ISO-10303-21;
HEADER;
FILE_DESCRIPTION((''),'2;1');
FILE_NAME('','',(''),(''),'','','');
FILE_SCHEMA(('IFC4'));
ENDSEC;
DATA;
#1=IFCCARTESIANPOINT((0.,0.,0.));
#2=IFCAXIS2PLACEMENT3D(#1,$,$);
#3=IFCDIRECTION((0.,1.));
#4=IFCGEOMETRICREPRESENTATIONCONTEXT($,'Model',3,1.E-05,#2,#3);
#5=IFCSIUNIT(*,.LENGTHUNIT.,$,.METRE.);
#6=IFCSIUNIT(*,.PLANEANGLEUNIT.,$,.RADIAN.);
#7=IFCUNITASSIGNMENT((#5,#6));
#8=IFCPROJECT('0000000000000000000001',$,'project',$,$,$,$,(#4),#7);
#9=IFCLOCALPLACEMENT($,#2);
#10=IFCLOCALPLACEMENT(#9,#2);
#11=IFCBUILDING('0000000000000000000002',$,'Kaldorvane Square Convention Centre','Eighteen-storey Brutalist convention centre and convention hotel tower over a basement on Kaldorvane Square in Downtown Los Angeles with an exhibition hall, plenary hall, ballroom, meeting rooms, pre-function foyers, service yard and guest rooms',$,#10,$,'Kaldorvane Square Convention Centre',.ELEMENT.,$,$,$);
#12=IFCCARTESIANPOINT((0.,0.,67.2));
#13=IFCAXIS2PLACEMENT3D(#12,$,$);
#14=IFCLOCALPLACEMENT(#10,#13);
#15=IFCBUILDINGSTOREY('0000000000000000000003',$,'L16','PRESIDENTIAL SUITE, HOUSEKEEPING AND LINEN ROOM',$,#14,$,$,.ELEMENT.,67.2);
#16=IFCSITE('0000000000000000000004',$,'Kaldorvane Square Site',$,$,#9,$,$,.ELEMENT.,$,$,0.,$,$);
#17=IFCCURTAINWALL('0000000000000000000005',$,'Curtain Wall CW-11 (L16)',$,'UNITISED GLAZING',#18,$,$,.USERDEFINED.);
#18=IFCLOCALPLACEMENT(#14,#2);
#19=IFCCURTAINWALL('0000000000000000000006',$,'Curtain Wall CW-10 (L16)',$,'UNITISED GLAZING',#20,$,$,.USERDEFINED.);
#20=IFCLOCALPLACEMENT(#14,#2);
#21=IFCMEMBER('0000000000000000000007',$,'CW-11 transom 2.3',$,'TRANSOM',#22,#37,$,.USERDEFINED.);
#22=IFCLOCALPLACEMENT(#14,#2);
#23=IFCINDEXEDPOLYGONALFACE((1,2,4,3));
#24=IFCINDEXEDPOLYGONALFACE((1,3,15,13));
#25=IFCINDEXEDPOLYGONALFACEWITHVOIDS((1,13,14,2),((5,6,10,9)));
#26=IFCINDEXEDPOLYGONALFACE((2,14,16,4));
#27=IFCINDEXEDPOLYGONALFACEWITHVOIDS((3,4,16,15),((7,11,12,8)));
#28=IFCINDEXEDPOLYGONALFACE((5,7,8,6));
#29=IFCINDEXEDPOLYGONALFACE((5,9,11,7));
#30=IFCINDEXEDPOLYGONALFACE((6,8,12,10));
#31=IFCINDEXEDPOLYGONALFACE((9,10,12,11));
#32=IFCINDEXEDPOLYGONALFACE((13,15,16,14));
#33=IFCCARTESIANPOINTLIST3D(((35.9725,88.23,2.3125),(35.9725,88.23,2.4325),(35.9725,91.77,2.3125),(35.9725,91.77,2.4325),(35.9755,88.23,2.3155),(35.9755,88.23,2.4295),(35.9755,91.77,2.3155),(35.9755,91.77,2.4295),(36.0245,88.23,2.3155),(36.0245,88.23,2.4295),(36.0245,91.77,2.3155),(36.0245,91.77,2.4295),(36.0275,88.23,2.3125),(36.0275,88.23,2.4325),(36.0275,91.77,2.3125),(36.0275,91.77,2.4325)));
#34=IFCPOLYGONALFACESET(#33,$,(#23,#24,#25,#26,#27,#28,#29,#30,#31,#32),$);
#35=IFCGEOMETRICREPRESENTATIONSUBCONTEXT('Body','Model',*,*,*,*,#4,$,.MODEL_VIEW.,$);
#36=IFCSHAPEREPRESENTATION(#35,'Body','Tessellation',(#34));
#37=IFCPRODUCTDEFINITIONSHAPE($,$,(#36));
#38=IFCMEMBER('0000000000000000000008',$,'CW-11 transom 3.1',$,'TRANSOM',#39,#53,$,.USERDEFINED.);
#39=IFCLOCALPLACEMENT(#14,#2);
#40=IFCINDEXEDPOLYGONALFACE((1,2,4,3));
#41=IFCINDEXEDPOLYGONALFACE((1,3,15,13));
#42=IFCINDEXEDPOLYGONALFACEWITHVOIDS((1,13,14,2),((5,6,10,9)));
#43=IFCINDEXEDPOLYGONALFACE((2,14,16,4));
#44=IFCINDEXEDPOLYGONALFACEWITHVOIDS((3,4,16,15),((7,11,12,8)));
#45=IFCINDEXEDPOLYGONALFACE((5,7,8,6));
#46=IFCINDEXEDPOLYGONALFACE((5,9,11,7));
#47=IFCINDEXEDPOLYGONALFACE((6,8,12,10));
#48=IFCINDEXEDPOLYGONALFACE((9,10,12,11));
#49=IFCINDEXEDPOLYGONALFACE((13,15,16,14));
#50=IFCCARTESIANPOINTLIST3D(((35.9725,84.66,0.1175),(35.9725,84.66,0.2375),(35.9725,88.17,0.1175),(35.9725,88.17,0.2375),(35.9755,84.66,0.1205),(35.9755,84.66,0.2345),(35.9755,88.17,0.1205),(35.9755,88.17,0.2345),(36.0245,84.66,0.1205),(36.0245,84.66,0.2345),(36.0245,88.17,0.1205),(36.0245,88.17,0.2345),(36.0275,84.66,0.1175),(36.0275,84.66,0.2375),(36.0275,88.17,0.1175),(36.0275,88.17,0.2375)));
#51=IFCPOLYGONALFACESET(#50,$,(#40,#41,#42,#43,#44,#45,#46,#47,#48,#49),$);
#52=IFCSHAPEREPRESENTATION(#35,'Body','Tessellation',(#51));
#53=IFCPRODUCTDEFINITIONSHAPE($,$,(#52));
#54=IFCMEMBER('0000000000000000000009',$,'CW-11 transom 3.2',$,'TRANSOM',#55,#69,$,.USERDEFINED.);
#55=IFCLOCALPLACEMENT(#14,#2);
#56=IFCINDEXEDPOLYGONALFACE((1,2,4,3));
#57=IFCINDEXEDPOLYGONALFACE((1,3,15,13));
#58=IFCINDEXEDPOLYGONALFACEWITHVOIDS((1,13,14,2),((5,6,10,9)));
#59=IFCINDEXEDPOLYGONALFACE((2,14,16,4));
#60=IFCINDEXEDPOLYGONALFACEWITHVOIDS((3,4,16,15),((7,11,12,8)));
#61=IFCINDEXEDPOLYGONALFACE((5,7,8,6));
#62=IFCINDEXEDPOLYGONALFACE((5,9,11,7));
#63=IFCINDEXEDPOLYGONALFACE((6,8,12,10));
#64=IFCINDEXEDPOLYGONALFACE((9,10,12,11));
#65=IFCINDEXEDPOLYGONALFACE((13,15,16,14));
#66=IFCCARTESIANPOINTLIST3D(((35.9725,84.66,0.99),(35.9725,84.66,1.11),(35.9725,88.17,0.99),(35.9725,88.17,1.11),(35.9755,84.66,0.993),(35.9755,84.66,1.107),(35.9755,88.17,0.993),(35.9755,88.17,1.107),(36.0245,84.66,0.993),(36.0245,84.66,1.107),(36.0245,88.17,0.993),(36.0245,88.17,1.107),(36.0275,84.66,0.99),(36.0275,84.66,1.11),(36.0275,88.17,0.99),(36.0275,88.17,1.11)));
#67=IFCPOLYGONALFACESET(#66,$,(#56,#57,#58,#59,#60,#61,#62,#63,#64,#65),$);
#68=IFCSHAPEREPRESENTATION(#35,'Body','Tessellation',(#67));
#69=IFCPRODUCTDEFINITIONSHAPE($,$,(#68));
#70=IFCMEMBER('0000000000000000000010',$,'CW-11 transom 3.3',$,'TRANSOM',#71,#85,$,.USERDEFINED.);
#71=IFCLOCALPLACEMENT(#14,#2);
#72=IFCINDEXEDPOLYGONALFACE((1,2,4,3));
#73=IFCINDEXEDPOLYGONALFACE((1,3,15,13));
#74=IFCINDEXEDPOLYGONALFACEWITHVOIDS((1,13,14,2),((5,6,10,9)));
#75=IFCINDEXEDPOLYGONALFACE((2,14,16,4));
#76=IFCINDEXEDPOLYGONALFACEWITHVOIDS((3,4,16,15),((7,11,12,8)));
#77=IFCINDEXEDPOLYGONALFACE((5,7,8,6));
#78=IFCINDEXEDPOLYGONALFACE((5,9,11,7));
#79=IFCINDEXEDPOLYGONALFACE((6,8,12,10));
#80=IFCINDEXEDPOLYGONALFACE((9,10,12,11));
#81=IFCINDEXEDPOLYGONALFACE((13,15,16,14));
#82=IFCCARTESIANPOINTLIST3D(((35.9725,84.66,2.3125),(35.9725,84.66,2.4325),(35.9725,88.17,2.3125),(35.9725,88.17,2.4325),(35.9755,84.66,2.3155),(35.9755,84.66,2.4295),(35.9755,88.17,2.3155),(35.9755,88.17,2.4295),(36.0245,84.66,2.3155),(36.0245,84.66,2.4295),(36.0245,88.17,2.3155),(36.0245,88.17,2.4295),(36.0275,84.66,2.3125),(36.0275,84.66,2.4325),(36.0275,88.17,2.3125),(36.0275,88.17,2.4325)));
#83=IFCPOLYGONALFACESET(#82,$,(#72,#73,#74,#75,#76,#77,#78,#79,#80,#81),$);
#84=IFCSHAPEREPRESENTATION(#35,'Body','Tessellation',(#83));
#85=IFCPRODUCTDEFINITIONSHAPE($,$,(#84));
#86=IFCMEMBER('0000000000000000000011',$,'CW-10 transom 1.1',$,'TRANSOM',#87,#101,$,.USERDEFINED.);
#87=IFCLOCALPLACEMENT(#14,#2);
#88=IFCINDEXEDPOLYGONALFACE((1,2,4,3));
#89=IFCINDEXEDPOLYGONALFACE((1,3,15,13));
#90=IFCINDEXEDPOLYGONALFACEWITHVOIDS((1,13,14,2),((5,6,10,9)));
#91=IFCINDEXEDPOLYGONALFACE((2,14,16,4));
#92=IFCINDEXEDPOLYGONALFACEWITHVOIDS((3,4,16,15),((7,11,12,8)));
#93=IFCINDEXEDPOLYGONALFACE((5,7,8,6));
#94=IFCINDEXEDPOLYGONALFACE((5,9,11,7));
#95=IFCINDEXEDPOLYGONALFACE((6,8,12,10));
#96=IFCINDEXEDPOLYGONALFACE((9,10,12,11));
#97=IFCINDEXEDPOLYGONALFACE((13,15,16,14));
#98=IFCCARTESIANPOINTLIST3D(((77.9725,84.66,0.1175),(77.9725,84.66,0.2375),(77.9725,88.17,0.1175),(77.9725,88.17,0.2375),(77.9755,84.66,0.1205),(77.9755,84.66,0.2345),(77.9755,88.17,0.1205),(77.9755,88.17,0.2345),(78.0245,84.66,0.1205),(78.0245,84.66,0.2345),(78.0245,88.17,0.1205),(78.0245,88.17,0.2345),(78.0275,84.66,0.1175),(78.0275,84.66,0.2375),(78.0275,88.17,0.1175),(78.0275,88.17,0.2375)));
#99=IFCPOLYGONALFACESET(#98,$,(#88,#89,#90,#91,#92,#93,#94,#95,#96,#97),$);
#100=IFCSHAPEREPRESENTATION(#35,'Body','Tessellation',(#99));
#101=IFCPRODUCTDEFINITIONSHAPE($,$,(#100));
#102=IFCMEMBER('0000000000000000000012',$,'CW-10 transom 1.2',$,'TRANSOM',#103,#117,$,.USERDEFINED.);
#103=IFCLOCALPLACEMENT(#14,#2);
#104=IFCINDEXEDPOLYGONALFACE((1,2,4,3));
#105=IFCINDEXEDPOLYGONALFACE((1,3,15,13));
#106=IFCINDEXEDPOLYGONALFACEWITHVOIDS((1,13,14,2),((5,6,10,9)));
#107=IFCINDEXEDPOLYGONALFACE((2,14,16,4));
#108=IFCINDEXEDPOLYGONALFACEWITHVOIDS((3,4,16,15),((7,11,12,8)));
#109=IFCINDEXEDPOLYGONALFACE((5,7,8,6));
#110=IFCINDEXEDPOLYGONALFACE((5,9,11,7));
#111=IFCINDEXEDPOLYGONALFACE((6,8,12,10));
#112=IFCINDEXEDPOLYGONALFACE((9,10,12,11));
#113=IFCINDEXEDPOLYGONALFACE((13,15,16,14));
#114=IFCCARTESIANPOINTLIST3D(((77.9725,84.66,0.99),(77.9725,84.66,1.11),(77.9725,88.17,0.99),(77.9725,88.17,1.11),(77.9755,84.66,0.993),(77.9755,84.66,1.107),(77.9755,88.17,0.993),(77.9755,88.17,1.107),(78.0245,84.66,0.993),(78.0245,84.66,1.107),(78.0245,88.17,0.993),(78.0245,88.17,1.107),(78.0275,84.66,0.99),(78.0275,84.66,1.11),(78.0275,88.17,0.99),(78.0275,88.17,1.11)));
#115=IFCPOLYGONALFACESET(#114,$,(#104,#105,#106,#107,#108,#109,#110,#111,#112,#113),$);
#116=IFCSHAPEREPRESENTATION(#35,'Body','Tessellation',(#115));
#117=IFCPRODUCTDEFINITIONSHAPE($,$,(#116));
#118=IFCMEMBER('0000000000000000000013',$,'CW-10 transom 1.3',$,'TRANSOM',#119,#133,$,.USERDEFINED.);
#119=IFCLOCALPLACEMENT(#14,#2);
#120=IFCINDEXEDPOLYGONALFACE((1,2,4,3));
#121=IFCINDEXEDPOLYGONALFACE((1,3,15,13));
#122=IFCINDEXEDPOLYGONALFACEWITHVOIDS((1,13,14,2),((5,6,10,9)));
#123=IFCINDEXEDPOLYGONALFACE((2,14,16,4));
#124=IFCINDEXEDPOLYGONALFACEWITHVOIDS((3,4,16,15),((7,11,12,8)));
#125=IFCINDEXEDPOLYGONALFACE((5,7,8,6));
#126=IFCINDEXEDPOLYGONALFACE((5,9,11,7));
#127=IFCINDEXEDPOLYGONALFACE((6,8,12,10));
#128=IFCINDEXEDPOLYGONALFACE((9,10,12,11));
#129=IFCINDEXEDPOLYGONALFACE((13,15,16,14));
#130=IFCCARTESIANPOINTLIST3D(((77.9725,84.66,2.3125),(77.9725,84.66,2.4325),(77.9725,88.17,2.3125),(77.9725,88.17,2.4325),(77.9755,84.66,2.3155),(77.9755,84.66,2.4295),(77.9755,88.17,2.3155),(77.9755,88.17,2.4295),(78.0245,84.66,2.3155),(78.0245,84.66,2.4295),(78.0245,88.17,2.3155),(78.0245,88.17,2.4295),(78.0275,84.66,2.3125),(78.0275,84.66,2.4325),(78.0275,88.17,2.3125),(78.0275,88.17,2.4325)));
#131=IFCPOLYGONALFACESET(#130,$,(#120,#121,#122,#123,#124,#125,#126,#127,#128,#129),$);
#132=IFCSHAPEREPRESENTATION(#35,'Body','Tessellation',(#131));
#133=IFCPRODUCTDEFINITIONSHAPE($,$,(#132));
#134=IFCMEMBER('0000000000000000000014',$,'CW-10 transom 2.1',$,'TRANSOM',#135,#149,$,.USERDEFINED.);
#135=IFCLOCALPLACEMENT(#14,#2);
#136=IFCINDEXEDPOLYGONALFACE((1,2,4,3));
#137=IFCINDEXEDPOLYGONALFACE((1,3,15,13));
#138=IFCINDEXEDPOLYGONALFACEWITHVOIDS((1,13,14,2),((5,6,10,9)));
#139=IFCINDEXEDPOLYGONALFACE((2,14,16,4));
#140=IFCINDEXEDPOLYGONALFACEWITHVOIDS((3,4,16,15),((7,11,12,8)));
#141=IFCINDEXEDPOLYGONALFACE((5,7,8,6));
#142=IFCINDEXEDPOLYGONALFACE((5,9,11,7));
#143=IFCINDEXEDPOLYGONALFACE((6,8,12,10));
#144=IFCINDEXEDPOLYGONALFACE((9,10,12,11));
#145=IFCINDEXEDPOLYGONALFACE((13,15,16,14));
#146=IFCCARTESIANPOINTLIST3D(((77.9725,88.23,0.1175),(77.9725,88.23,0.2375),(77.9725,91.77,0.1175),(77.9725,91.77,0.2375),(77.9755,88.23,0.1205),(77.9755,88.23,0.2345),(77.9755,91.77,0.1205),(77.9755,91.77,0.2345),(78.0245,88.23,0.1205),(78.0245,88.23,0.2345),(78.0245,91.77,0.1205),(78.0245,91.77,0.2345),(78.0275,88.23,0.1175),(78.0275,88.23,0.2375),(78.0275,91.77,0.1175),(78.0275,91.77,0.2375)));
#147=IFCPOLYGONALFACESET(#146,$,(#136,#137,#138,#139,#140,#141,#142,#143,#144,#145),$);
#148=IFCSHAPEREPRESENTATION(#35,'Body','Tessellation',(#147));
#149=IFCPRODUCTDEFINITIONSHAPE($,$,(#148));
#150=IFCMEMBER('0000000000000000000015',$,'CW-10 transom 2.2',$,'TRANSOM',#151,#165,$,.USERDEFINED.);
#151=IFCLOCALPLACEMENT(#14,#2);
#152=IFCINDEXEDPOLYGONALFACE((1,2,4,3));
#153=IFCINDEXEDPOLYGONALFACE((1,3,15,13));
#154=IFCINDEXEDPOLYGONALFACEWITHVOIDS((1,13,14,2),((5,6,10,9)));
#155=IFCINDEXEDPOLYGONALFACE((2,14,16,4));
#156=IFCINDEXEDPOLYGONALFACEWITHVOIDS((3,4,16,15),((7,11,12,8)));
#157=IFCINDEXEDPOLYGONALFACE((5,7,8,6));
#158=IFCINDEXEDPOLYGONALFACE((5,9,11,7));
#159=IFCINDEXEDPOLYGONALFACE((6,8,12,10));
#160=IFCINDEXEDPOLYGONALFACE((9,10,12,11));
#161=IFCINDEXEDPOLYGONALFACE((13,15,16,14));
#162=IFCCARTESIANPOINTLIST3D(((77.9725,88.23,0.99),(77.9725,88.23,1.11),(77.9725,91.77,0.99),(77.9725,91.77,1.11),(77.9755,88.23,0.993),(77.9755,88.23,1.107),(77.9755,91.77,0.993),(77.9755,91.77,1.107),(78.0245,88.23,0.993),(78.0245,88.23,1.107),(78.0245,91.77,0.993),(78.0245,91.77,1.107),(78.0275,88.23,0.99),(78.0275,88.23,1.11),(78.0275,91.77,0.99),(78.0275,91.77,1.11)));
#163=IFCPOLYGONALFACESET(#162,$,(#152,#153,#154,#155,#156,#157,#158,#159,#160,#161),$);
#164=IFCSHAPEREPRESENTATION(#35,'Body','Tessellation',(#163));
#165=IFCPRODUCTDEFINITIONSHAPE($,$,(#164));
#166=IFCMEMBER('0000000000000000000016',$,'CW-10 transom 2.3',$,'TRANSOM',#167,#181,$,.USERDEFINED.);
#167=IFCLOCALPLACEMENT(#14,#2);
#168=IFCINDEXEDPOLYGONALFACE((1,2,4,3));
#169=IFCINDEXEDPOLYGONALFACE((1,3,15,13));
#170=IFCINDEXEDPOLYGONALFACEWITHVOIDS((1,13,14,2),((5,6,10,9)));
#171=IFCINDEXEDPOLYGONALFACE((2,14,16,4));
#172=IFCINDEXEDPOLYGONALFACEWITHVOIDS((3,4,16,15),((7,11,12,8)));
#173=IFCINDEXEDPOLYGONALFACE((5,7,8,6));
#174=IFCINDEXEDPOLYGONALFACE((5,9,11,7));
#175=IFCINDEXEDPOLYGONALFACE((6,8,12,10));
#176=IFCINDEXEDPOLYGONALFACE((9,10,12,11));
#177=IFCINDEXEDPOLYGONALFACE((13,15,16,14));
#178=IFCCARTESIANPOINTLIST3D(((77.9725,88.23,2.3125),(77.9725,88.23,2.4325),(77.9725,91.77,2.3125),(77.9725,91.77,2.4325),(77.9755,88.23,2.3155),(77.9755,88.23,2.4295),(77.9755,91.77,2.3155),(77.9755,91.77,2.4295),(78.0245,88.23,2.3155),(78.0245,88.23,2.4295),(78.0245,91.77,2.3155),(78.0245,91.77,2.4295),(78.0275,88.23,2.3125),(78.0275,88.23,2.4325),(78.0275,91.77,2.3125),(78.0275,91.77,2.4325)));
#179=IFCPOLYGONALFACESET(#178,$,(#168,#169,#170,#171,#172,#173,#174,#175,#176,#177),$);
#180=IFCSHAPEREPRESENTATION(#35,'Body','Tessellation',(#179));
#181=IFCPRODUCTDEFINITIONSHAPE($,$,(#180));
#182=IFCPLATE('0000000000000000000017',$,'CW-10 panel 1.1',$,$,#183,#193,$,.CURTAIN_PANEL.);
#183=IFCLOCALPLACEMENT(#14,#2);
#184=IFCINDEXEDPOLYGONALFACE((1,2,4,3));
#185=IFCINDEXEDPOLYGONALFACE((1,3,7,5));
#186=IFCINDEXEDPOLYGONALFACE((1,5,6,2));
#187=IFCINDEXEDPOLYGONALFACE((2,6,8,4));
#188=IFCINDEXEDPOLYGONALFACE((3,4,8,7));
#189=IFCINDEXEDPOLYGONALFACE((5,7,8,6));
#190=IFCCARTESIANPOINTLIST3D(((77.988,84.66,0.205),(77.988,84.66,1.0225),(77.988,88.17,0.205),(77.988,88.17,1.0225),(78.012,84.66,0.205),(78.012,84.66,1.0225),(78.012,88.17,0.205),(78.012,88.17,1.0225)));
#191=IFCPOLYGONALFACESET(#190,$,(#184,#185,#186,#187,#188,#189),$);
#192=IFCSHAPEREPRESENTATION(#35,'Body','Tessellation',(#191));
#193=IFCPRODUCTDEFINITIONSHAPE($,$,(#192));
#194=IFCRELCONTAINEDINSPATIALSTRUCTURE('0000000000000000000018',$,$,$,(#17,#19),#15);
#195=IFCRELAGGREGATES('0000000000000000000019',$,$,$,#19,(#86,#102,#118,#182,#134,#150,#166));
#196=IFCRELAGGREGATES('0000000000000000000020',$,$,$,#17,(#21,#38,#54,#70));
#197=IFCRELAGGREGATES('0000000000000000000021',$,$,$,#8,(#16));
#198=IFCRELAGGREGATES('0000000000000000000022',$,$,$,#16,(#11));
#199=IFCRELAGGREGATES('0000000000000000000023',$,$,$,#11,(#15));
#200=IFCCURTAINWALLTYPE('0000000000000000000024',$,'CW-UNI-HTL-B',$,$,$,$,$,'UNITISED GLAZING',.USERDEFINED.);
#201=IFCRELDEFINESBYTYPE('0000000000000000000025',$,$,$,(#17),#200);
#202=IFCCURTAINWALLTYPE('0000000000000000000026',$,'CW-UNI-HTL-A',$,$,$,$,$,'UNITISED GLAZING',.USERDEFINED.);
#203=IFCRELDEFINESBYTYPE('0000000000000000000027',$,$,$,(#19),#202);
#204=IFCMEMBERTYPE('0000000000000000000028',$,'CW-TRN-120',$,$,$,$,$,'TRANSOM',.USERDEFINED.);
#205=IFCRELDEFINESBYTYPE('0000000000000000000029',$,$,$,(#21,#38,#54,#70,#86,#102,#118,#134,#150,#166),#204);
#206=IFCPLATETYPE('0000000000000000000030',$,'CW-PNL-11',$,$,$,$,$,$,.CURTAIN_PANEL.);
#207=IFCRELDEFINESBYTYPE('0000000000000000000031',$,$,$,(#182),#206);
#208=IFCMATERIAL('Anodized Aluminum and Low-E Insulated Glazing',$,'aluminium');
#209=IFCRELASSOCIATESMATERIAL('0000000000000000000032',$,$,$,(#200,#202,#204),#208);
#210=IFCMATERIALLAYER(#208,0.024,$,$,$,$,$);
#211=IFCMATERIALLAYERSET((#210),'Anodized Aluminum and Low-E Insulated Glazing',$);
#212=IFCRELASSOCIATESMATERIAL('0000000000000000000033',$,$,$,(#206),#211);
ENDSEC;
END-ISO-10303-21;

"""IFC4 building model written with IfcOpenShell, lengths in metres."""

from ifc_helpers import new_model, si_unit, direction, frame, origin, origin_2d, place, context, subcontext, project, spatial, rectangle, hollow_rectangle, extrude, material, layer, layer_set, material_profile, profile_set, type_object, element, aggregate, save


model = new_model("IFC4")

# Units and contexts
model_context = context("Model", 3, precision=1e-05, world=origin(), true_north=direction((0.0, 1.0)))
body_context = subcontext(model_context, "Body", "Model", "MODEL_VIEW")
ifc_project = project(units=[si_unit("LENGTHUNIT", "METRE"), si_unit("PLANEANGLEUNIT", "RADIAN")], contexts=[model_context])

# Site, building, storey
site_placement = place(None, origin())
site = spatial("IfcSite", under=ifc_project, at=site_placement, Name="Kaldorvane Square Site", CompositionType="ELEMENT", RefElevation=0.0)
building_placement = place(site_placement, origin())
building = spatial("IfcBuilding", under=site, at=building_placement, Name="Kaldorvane Square Convention Centre", Description="Eighteen-storey Brutalist convention centre and convention hotel tower over a basement on Kaldorvane Square in Downtown Los Angeles with an exhibition hall, plenary hall, ballroom, meeting rooms, pre-function foyers, service yard and guest rooms", LongName="Kaldorvane Square Convention Centre", CompositionType="ELEMENT")
storey_placement = place(building_placement, frame((0.0, 0.0, 67.2)))
storey = spatial("IfcBuildingStorey", under=building, at=storey_placement, Name="L16", Description="PRESIDENTIAL SUITE, HOUSEKEEPING AND LINEN ROOM", CompositionType="ELEMENT", Elevation=67.2)

# Curtain walls
ifc_material_1 = material(Name="Anodized Aluminum and Low-E Insulated Glazing", Category="aluminium")
curtain_wall_type_1 = type_object("IfcCurtainWallType", Name="CW-UNI-HTL-B", ElementType="UNITISED GLAZING", PredefinedType="USERDEFINED", material=ifc_material_1)
curtain_wall_1_placement = place(storey_placement, origin())
curtain_wall_1 = element("IfcCurtainWall", 1, at=curtain_wall_1_placement, inside=storey, type_object=curtain_wall_type_1, Name="Curtain Wall CW-11 (L16)", ObjectType="UNITISED GLAZING", PredefinedType="USERDEFINED")
curtain_wall_type_2 = type_object("IfcCurtainWallType", Name="CW-UNI-HTL-A", ElementType="UNITISED GLAZING", PredefinedType="USERDEFINED", material=ifc_material_1)
curtain_wall_2_placement = place(storey_placement, origin())
curtain_wall_2 = element("IfcCurtainWall", 2, at=curtain_wall_2_placement, inside=storey, type_object=curtain_wall_type_2, Name="Curtain Wall CW-10 (L16)", ObjectType="UNITISED GLAZING", PredefinedType="USERDEFINED")

# Members
ifc_material_profile_1 = material_profile(ifc_material_1, hollow_rectangle(XDim=0.055, YDim=0.12, WallThickness=0.003, at=origin_2d()), Name="CWT-120X55")
ifc_profile_set_1 = profile_set([ifc_material_profile_1], Name="Anodized Aluminum and Low-E Insulated Glazing")
member_type_1 = type_object("IfcMemberType", Name="CW-TRN-120", ElementType="TRANSOM", PredefinedType="USERDEFINED", material=ifc_profile_set_1)
member_1_placement = place(storey_placement, frame((36.0, 91.77, 2.3725), z_axis=(0.0, -1.0, 0.0), x_axis=(1.0, 0.0, 0.0)))
member_1 = element("IfcMember", 3, at=member_1_placement, type_object=member_type_1, Name="CW-11 transom 2.3", ObjectType="TRANSOM", PredefinedType="USERDEFINED", context=body_context, shape_type="SweptSolid", body=[
    extrude(hollow_rectangle(XDim=0.055, YDim=0.12, WallThickness=0.003, at=origin_2d()), origin(), (0.0, 0.0, 1.0), 3.54),
])
member_2_placement = place(storey_placement, frame((36.0, 88.17, 0.1775), z_axis=(0.0, -1.0, 0.0), x_axis=(1.0, 0.0, 0.0)))
member_2 = element("IfcMember", 4, at=member_2_placement, type_object=member_type_1, Name="CW-11 transom 3.1", ObjectType="TRANSOM", PredefinedType="USERDEFINED", context=body_context, shape_type="SweptSolid", body=[
    extrude(hollow_rectangle(XDim=0.055, YDim=0.12, WallThickness=0.003, at=origin_2d()), origin(), (0.0, 0.0, 1.0), 3.51),
])
member_3_placement = place(storey_placement, frame((36.0, 88.17, 1.05), z_axis=(0.0, -1.0, 0.0), x_axis=(1.0, 0.0, 0.0)))
member_3 = element("IfcMember", 5, at=member_3_placement, type_object=member_type_1, Name="CW-11 transom 3.2", ObjectType="TRANSOM", PredefinedType="USERDEFINED", context=body_context, shape_type="SweptSolid", body=[
    extrude(hollow_rectangle(XDim=0.055, YDim=0.12, WallThickness=0.003, at=origin_2d()), origin(), (0.0, 0.0, 1.0), 3.51),
])
member_4_placement = place(storey_placement, frame((36.0, 88.17, 2.3725), z_axis=(0.0, -1.0, 0.0), x_axis=(1.0, 0.0, 0.0)))
member_4 = element("IfcMember", 6, at=member_4_placement, type_object=member_type_1, Name="CW-11 transom 3.3", ObjectType="TRANSOM", PredefinedType="USERDEFINED", context=body_context, shape_type="SweptSolid", body=[
    extrude(hollow_rectangle(XDim=0.055, YDim=0.12, WallThickness=0.003, at=origin_2d()), origin(), (0.0, 0.0, 1.0), 3.51),
])
member_5_placement = place(storey_placement, frame((78.0, 84.66, 0.1775), z_axis=(0.0, 1.0, 0.0), x_axis=(-1.0, 0.0, 0.0)))
member_5 = element("IfcMember", 7, at=member_5_placement, type_object=member_type_1, Name="CW-10 transom 1.1", ObjectType="TRANSOM", PredefinedType="USERDEFINED", context=body_context, shape_type="SweptSolid", body=[
    extrude(hollow_rectangle(XDim=0.055, YDim=0.12, WallThickness=0.003, at=origin_2d()), origin(), (0.0, 0.0, 1.0), 3.51),
])
member_6_placement = place(storey_placement, frame((78.0, 84.66, 1.05), z_axis=(0.0, 1.0, 0.0), x_axis=(-1.0, 0.0, 0.0)))
member_6 = element("IfcMember", 8, at=member_6_placement, type_object=member_type_1, Name="CW-10 transom 1.2", ObjectType="TRANSOM", PredefinedType="USERDEFINED", context=body_context, shape_type="SweptSolid", body=[
    extrude(hollow_rectangle(XDim=0.055, YDim=0.12, WallThickness=0.003, at=origin_2d()), origin(), (0.0, 0.0, 1.0), 3.51),
])
member_7_placement = place(storey_placement, frame((78.0, 84.66, 2.3725), z_axis=(0.0, 1.0, 0.0), x_axis=(-1.0, 0.0, 0.0)))
member_7 = element("IfcMember", 9, at=member_7_placement, type_object=member_type_1, Name="CW-10 transom 1.3", ObjectType="TRANSOM", PredefinedType="USERDEFINED", context=body_context, shape_type="SweptSolid", body=[
    extrude(hollow_rectangle(XDim=0.055, YDim=0.12, WallThickness=0.003, at=origin_2d()), origin(), (0.0, 0.0, 1.0), 3.51),
])
member_8_placement = place(storey_placement, frame((78.0, 88.23, 0.1775), z_axis=(0.0, 1.0, 0.0), x_axis=(-1.0, 0.0, 0.0)))
member_8 = element("IfcMember", 10, at=member_8_placement, type_object=member_type_1, Name="CW-10 transom 2.1", ObjectType="TRANSOM", PredefinedType="USERDEFINED", context=body_context, shape_type="SweptSolid", body=[
    extrude(hollow_rectangle(XDim=0.055, YDim=0.12, WallThickness=0.003, at=origin_2d()), origin(), (0.0, 0.0, 1.0), 3.54),
])
member_9_placement = place(storey_placement, frame((78.0, 88.23, 1.05), z_axis=(0.0, 1.0, 0.0), x_axis=(-1.0, 0.0, 0.0)))
member_9 = element("IfcMember", 11, at=member_9_placement, type_object=member_type_1, Name="CW-10 transom 2.2", ObjectType="TRANSOM", PredefinedType="USERDEFINED", context=body_context, shape_type="SweptSolid", body=[
    extrude(hollow_rectangle(XDim=0.055, YDim=0.12, WallThickness=0.003, at=origin_2d()), origin(), (0.0, 0.0, 1.0), 3.54),
])
member_10_placement = place(storey_placement, frame((78.0, 88.23, 2.3725), z_axis=(0.0, 1.0, 0.0), x_axis=(-1.0, 0.0, 0.0)))
member_10 = element("IfcMember", 12, at=member_10_placement, type_object=member_type_1, Name="CW-10 transom 2.3", ObjectType="TRANSOM", PredefinedType="USERDEFINED", context=body_context, shape_type="SweptSolid", body=[
    extrude(hollow_rectangle(XDim=0.055, YDim=0.12, WallThickness=0.003, at=origin_2d()), origin(), (0.0, 0.0, 1.0), 3.54),
])

# Plate
ifc_layer_1 = layer(ifc_material_1, 0.024)
ifc_layer_set_1 = layer_set([ifc_layer_1], Name="Anodized Aluminum and Low-E Insulated Glazing")
plate_type_1 = type_object("IfcPlateType", Name="CW-PNL-11", PredefinedType="CURTAIN_PANEL", material=ifc_layer_set_1)
plate_1_placement = place(storey_placement, frame((78.0, 86.415, 0.205), z_axis=(0.0, 0.0, 1.0), x_axis=(0.0, 1.0, 0.0)))
plate_1 = element("IfcPlate", 13, at=plate_1_placement, type_object=plate_type_1, Name="CW-10 panel 1.1", PredefinedType="CURTAIN_PANEL", context=body_context, shape_type="SweptSolid", body=[
    extrude(rectangle(XDim=3.51, YDim=0.024, at=origin_2d()), origin(), (0.0, 0.0, 1.0), 0.8175),
])
aggregate(curtain_wall_2, [member_5, member_6, member_7, plate_1, member_8, member_9, member_10])
aggregate(curtain_wall_1, [member_1, member_2, member_3, member_4])

save(model, "model.ifc")
